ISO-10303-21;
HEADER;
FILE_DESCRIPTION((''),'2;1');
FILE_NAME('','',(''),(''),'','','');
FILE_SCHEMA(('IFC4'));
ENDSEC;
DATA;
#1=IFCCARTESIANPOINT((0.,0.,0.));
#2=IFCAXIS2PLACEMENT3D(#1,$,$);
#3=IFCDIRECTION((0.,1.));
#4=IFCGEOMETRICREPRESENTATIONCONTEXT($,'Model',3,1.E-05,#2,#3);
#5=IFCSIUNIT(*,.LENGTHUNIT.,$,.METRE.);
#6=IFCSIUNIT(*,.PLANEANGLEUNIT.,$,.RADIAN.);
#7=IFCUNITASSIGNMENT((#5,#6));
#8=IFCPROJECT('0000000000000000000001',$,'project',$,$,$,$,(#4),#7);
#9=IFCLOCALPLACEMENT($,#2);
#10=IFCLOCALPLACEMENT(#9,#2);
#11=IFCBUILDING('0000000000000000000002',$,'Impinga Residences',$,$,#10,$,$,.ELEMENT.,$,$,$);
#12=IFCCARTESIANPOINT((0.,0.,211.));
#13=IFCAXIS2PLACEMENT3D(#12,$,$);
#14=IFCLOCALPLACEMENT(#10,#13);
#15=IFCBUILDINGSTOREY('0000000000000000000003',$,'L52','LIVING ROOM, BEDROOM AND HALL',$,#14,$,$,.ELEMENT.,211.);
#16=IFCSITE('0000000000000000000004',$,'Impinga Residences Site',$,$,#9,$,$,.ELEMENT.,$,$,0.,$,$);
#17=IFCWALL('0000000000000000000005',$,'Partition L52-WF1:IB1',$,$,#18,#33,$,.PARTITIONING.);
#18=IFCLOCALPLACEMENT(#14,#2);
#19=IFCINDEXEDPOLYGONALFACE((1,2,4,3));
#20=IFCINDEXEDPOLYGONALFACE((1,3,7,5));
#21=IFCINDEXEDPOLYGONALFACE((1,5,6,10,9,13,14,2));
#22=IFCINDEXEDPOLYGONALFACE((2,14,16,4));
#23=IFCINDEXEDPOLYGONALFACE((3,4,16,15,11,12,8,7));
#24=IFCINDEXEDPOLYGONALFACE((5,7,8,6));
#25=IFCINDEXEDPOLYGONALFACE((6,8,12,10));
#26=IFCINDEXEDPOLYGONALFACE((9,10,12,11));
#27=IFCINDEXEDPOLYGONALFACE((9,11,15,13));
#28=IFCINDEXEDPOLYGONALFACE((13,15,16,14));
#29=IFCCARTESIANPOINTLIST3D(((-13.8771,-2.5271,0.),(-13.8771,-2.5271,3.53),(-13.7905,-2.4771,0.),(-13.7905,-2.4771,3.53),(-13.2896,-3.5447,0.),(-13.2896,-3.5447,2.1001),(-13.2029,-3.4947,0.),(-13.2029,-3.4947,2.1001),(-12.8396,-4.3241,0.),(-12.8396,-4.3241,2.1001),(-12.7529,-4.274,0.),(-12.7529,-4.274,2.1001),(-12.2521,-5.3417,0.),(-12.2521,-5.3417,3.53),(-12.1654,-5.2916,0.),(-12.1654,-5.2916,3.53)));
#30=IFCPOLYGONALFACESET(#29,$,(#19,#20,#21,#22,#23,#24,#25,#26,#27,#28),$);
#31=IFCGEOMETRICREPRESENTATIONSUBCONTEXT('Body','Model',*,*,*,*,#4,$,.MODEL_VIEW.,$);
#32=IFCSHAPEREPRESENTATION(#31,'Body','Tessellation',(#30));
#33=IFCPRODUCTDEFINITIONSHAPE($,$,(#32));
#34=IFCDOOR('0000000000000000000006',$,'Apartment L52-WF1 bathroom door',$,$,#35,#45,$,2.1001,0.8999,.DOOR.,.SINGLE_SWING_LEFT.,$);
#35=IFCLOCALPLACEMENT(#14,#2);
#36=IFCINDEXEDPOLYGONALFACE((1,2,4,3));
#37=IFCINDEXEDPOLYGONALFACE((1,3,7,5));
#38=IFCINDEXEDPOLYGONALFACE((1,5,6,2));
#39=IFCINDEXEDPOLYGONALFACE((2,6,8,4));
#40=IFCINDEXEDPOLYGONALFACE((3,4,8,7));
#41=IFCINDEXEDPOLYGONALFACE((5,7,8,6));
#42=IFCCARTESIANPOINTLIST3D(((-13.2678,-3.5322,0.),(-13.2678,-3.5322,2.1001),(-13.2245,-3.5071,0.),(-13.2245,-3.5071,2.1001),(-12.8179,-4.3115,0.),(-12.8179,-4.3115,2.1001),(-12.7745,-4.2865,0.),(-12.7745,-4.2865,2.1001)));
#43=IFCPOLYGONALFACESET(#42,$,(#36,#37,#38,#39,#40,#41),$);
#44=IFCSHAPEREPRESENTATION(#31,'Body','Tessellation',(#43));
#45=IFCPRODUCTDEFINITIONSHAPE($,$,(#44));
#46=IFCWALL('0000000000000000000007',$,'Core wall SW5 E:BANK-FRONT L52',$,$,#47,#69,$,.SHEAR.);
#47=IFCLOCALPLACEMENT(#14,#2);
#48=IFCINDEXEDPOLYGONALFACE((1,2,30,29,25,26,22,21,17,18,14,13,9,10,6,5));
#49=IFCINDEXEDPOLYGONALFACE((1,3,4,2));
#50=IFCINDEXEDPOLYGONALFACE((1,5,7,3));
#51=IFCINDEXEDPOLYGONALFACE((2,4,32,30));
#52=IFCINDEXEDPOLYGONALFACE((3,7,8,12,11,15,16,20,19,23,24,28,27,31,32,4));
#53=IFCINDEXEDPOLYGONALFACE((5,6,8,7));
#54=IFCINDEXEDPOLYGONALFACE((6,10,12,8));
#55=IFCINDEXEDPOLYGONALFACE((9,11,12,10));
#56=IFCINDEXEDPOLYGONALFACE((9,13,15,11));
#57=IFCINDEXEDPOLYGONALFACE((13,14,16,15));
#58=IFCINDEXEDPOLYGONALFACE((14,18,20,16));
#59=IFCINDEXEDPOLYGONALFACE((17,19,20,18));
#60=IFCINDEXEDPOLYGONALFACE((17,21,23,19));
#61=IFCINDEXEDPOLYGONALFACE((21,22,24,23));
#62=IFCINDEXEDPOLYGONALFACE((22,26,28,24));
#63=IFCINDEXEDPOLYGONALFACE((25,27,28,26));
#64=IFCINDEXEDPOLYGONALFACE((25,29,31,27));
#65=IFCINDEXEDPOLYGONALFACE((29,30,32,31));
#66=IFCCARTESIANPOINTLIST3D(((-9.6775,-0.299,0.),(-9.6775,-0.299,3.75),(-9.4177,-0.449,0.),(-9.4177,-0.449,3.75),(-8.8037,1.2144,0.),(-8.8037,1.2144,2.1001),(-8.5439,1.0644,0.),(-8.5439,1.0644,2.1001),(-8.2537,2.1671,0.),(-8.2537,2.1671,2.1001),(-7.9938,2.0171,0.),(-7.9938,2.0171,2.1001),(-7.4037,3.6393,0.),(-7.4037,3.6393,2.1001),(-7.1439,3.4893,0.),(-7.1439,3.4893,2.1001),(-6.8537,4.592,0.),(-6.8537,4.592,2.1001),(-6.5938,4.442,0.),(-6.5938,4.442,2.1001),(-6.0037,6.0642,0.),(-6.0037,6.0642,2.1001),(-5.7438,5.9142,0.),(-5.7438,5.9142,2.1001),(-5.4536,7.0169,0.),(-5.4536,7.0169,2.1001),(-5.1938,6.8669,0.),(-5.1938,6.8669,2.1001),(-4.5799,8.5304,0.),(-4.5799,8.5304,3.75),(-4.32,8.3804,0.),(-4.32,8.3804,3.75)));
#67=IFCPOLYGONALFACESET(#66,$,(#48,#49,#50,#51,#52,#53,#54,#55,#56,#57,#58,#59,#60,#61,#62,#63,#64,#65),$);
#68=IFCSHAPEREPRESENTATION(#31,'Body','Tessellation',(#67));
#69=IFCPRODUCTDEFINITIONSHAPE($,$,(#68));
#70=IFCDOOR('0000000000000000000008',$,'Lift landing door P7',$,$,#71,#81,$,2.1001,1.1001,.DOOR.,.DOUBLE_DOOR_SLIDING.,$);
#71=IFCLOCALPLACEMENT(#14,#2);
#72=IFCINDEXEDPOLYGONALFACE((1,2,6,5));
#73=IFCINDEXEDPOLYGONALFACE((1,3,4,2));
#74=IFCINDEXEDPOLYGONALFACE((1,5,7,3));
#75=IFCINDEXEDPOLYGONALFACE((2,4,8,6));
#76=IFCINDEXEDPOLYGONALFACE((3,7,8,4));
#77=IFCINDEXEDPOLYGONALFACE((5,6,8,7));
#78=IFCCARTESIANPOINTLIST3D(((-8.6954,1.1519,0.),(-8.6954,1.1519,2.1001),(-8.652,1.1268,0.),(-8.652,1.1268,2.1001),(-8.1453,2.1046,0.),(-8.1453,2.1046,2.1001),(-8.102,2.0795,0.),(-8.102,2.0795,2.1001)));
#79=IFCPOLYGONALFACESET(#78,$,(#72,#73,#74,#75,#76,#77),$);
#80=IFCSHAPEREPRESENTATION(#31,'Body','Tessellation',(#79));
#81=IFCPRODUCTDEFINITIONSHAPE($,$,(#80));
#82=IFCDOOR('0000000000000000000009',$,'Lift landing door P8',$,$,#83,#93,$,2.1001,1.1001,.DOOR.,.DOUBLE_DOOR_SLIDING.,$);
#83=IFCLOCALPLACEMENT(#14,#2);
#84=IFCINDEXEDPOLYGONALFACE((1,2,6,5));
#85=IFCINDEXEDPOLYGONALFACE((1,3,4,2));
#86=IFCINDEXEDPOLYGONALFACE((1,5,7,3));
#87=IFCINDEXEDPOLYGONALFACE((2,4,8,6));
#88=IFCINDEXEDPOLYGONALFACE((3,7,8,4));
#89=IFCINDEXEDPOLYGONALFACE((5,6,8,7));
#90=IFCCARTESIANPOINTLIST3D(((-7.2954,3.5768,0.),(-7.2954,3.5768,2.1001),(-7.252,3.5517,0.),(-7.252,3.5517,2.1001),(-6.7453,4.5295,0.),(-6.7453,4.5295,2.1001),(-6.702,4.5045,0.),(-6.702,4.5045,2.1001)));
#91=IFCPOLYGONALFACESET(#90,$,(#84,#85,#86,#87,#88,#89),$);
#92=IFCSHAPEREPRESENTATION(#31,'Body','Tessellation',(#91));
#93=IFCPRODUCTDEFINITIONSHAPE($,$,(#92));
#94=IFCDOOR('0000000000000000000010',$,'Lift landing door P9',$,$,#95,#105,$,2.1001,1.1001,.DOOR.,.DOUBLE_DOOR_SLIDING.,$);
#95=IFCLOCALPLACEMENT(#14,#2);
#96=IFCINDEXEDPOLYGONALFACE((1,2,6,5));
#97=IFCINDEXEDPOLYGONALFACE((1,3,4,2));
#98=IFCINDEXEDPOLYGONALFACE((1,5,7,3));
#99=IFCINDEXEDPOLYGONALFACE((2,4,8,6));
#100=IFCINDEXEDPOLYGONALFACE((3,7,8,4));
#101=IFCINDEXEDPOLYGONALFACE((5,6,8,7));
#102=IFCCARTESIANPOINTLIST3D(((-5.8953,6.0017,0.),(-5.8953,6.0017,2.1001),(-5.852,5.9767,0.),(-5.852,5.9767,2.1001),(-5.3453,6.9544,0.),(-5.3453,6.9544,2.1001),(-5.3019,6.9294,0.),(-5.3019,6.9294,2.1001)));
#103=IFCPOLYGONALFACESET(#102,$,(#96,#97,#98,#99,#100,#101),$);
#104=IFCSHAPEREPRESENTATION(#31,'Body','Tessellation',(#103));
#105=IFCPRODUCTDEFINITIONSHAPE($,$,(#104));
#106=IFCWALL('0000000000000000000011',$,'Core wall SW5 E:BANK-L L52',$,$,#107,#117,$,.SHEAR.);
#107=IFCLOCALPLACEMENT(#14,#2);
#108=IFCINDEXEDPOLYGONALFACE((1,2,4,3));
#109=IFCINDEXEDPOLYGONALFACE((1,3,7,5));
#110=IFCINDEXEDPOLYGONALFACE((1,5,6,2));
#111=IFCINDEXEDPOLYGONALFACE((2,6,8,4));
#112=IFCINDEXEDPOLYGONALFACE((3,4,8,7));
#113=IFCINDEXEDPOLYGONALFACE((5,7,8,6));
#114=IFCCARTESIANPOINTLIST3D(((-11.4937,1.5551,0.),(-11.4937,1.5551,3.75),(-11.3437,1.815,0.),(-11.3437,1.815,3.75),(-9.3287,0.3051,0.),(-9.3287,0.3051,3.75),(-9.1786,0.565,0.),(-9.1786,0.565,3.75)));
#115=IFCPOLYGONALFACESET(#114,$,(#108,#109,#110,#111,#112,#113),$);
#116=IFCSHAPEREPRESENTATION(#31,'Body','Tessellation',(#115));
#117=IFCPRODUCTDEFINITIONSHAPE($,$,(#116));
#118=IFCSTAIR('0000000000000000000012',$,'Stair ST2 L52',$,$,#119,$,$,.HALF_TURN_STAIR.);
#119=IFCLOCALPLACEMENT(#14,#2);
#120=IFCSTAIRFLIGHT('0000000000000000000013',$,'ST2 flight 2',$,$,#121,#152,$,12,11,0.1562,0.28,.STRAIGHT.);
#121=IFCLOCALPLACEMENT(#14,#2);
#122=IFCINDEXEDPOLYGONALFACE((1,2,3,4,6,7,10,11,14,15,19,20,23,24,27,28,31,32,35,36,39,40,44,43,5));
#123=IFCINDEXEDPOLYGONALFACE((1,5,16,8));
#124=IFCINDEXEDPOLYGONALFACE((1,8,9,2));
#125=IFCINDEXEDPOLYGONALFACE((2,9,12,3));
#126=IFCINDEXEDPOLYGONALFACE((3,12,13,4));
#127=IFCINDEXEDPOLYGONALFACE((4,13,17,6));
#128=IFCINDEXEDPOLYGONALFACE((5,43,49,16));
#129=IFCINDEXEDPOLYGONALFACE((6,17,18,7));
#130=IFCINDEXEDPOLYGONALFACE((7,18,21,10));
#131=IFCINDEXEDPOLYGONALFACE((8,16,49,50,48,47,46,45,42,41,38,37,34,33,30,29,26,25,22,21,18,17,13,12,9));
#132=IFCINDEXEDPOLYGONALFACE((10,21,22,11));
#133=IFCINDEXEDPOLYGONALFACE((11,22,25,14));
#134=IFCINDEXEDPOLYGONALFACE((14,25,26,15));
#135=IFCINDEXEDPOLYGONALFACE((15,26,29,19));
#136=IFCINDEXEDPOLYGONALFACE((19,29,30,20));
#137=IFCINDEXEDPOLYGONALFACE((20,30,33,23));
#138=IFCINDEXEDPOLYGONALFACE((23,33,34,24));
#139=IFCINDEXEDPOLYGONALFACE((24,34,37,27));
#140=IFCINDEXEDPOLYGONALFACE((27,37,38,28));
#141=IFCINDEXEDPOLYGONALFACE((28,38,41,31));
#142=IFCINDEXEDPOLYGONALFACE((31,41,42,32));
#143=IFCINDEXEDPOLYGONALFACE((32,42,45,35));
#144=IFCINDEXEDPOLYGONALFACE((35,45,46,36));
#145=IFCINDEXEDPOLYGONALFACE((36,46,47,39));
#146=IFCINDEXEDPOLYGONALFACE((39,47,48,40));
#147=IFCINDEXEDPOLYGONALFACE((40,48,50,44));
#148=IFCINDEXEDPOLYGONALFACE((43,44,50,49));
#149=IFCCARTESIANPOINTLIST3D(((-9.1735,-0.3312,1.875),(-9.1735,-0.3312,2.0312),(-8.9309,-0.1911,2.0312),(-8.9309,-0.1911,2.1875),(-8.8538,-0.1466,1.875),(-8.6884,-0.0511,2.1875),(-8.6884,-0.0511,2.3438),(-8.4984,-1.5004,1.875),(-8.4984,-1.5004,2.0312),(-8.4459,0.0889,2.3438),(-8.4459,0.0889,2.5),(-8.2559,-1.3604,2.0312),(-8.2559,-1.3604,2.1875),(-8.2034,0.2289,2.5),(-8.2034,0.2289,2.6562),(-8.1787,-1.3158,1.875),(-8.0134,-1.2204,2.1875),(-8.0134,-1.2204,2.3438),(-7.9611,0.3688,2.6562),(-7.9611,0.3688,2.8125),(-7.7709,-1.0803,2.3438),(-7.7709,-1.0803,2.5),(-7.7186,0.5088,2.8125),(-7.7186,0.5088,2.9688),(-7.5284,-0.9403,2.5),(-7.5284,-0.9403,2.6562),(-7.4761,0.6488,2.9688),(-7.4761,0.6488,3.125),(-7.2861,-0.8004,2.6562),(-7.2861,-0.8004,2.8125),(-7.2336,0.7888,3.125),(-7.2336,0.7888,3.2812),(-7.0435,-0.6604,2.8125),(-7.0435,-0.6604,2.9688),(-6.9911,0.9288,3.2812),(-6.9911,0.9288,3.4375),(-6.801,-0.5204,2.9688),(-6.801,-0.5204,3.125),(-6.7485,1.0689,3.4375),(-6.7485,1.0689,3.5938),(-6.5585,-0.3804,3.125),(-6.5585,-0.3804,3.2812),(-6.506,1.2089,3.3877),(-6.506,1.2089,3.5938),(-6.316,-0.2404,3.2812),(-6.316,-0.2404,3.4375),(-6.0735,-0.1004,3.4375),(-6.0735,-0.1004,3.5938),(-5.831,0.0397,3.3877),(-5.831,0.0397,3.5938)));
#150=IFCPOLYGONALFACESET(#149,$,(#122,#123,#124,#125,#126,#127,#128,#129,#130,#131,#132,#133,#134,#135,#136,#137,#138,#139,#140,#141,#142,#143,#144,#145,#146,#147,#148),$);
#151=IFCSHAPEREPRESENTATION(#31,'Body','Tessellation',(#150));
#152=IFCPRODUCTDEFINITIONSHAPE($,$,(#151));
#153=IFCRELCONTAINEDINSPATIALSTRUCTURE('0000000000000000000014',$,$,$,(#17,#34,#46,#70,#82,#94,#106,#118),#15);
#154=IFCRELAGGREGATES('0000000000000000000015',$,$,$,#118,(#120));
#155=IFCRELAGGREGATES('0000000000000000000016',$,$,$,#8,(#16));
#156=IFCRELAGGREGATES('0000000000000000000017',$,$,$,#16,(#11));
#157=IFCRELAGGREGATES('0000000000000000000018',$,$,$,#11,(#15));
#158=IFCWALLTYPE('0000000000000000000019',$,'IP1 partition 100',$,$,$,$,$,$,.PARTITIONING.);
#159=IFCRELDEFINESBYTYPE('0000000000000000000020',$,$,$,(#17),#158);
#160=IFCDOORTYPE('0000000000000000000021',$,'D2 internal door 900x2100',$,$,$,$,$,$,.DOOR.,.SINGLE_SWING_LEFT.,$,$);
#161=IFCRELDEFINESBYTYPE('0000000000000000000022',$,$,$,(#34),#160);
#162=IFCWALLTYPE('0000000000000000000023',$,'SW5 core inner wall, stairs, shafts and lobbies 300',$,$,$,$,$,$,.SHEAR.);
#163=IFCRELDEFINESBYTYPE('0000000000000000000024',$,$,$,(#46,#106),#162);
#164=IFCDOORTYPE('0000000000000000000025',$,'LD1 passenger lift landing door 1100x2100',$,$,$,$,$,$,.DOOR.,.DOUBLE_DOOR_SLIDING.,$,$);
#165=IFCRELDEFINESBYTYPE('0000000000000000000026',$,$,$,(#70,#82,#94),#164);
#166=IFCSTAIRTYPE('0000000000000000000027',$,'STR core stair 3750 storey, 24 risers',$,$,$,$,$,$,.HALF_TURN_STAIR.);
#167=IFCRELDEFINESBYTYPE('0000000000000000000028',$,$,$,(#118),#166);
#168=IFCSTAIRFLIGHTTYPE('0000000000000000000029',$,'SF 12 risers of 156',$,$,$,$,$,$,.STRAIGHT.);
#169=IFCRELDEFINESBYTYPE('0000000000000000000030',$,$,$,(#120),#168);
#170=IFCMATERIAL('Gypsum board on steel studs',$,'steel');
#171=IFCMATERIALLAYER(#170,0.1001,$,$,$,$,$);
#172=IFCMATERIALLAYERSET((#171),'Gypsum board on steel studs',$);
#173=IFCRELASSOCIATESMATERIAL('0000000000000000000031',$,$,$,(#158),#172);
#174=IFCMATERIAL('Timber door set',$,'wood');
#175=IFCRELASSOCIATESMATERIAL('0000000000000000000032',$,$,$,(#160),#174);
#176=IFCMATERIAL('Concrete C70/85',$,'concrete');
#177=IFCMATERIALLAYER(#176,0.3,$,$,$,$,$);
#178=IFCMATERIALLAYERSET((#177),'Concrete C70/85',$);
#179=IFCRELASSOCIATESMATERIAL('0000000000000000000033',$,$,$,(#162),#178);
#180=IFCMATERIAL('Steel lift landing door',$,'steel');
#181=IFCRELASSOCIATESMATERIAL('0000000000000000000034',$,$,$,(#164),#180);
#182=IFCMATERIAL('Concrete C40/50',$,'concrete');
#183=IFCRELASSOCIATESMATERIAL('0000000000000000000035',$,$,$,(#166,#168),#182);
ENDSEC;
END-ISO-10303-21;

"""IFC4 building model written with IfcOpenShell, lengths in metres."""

from ifc_helpers import new_model, si_unit, direction, frame, frame_2d, origin, place, context, subcontext, project, spatial, polyline, rectangle, outline, extrude, material, layer, layer_set, type_object, element, fill, aggregate, save


model = new_model("IFC4")

# Units and contexts
model_context = context("Model", 3, precision=1e-05, world=origin(), true_north=direction((0.0, 1.0)))
body_context = subcontext(model_context, "Body", "Model", "MODEL_VIEW")
ifc_project = project(units=[si_unit("LENGTHUNIT", "METRE"), si_unit("PLANEANGLEUNIT", "RADIAN")], contexts=[model_context])

# Site, building, storey
site_placement = place(None, origin())
site = spatial("IfcSite", under=ifc_project, at=site_placement, Name="Impinga Residences Site", CompositionType="ELEMENT", RefElevation=0.0)
building_placement = place(site_placement, origin())
building = spatial("IfcBuilding", under=site, at=building_placement, Name="Impinga Residences", CompositionType="ELEMENT")
storey_placement = place(building_placement, frame((0.0, 0.0, 211.0)))
storey = spatial("IfcBuildingStorey", under=building, at=storey_placement, Name="L52", Description="LIVING ROOM, BEDROOM AND HALL", CompositionType="ELEMENT", Elevation=211.0)

# Shared definitions
ifc_material_1 = material(Name="Timber door set", Category="wood")

# Shared definitions
ifc_material_2 = material(Name="Gypsum board on steel studs", Category="steel")
ifc_layer_1 = layer(ifc_material_2, 0.1001)
ifc_layer_set_1 = layer_set([ifc_layer_1], Name="Gypsum board on steel studs")
wall_type_1 = type_object("IfcWallType", Name="IP1 partition 100", PredefinedType="PARTITIONING", material=ifc_layer_set_1)

# Shared definitions
door_type_1 = type_object("IfcDoorType", Name="D2 internal door 900x2100", OperationType="SINGLE_SWING_LEFT", PredefinedType="DOOR", material=ifc_material_1)

# Wall, opening, door
wall_1_placement = place(storey_placement, frame((-12.2087, -5.3167, 0.0), z_axis=(0.0, 0.0, 1.0), x_axis=(-0.500017, 0.866015, 0.0)))
wall_1 = element("IfcWall", 1, at=wall_1_placement, inside=storey, type_object=wall_type_1, Name="Partition L52-WF1:IB1", PredefinedType="PARTITIONING", context=body_context, shape_type="SweptSolid", body=[
    extrude(rectangle(XDim=3.25, YDim=0.1001, at=frame_2d((1.625, 0.0))), origin(), (0.0, 0.0, 1.0), 3.53),
])
opening_1_placement = place(wall_1_placement, frame((1.175, 0.0, 0.0)))
opening_1 = element("IfcOpeningElement", 2, at=opening_1_placement, cuts=wall_1, PredefinedType="OPENING", context=body_context, shape_type="SweptSolid", body=[
    extrude(rectangle(XDim=0.8999, YDim=2.1001, at=frame_2d((0.45, 1.05))), frame((0.0, 0.0601, 0.0), z_axis=(0.0, -1.0, 0.0), x_axis=(1.0, 0.0, 0.0)), (0.0, 0.0, 1.0), 0.1201),
])
door_1_placement = place(opening_1_placement, origin())
door_1 = element("IfcDoor", 3, at=door_1_placement, inside=storey, type_object=door_type_1, Name="Apartment L52-WF1 bathroom door", OperationType="SINGLE_SWING_LEFT", OverallHeight=2.1001, OverallWidth=0.8999, PredefinedType="DOOR", context=body_context, shape_type="SweptSolid", body=[
    extrude(rectangle(XDim=0.8999, YDim=2.1001, at=frame_2d((0.45, 1.05))), frame((0.0, 0.0249, 0.0), z_axis=(0.0, -1.0, 0.0), x_axis=(1.0, 0.0, 0.0)), (0.0, 0.0, 1.0), 0.05),
])
fill(opening_1, door_1)

# Wall, openings, doors
ifc_material_3 = material(Name="Concrete C70/85", Category="concrete")
ifc_layer_2 = layer(ifc_material_3, 0.3)
ifc_layer_set_2 = layer_set([ifc_layer_2], Name="Concrete C70/85")
wall_type_2 = type_object("IfcWallType", Name="SW5 core inner wall, stairs, shafts and lobbies 300", PredefinedType="SHEAR", material=ifc_layer_set_2)
wall_2_placement = place(storey_placement, frame((-9.5476, -0.374, 0.0), z_axis=(0.0, 0.0, 1.0), x_axis=(0.500002, 0.866024, 0.0)))
wall_2 = element("IfcWall", 4, at=wall_2_placement, inside=storey, type_object=wall_type_2, Name="Core wall SW5 E:BANK-FRONT L52", PredefinedType="SHEAR", context=body_context, shape_type="SweptSolid", body=[
    extrude(rectangle(XDim=10.1953, YDim=0.3, at=frame_2d((5.0977, 0.0))), origin(), (0.0, 0.0, 1.0), 3.75),
])
opening_2_placement = place(wall_2_placement, frame((1.7476, 0.0, 0.0)))
opening_2 = element("IfcOpeningElement", 5, at=opening_2_placement, cuts=wall_2, PredefinedType="OPENING", context=body_context, shape_type="SweptSolid", body=[
    extrude(rectangle(XDim=1.1001, YDim=2.1001, at=frame_2d((0.55, 1.05))), frame((0.0, 0.1599, 0.0), z_axis=(0.0, -1.0, 0.0), x_axis=(1.0, 0.0, 0.0)), (0.0, 0.0, 1.0), 0.3201),
])
opening_3_placement = place(wall_2_placement, frame((4.5476, 0.0, 0.0)))
opening_3 = element("IfcOpeningElement", 6, at=opening_3_placement, cuts=wall_2, PredefinedType="OPENING", context=body_context, shape_type="SweptSolid", body=[
    extrude(rectangle(XDim=1.1001, YDim=2.1001, at=frame_2d((0.55, 1.05))), frame((0.0, 0.1599, 0.0), z_axis=(0.0, -1.0, 0.0), x_axis=(1.0, 0.0, 0.0)), (0.0, 0.0, 1.0), 0.3201),
])
opening_4_placement = place(wall_2_placement, frame((7.3477, 0.0, 0.0)))
opening_4 = element("IfcOpeningElement", 7, at=opening_4_placement, cuts=wall_2, PredefinedType="OPENING", context=body_context, shape_type="SweptSolid", body=[
    extrude(rectangle(XDim=1.1001, YDim=2.1001, at=frame_2d((0.55, 1.05))), frame((0.0, 0.1599, 0.0), z_axis=(0.0, -1.0, 0.0), x_axis=(1.0, 0.0, 0.0)), (0.0, 0.0, 1.0), 0.3201),
])
ifc_material_4 = material(Name="Steel lift landing door", Category="steel")
door_type_2 = type_object("IfcDoorType", Name="LD1 passenger lift landing door 1100x2100", OperationType="DOUBLE_DOOR_SLIDING", PredefinedType="DOOR", material=ifc_material_4)
door_2_placement = place(opening_2_placement, origin())
door_2 = element("IfcDoor", 8, at=door_2_placement, inside=storey, type_object=door_type_2, Name="Lift landing door P7", OperationType="DOUBLE_DOOR_SLIDING", OverallHeight=2.1001, OverallWidth=1.1001, PredefinedType="DOOR", context=body_context, shape_type="SweptSolid", body=[
    extrude(rectangle(XDim=1.1001, YDim=2.1001, at=frame_2d((0.55, 1.05))), frame((0.0, 0.0249, 0.0), z_axis=(0.0, -1.0, 0.0), x_axis=(1.0, 0.0, 0.0)), (0.0, 0.0, 1.0), 0.05),
])
fill(opening_2, door_2)
door_3_placement = place(opening_3_placement, origin())
door_3 = element("IfcDoor", 9, at=door_3_placement, inside=storey, type_object=door_type_2, Name="Lift landing door P8", OperationType="DOUBLE_DOOR_SLIDING", OverallHeight=2.1001, OverallWidth=1.1001, PredefinedType="DOOR", context=body_context, shape_type="SweptSolid", body=[
    extrude(rectangle(XDim=1.1001, YDim=2.1001, at=frame_2d((0.55, 1.05))), frame((0.0, 0.0249, 0.0), z_axis=(0.0, -1.0, 0.0), x_axis=(1.0, 0.0, 0.0)), (0.0, 0.0, 1.0), 0.05),
])
fill(opening_3, door_3)
door_4_placement = place(opening_4_placement, origin())
door_4 = element("IfcDoor", 10, at=door_4_placement, inside=storey, type_object=door_type_2, Name="Lift landing door P9", OperationType="DOUBLE_DOOR_SLIDING", OverallHeight=2.1001, OverallWidth=1.1001, PredefinedType="DOOR", context=body_context, shape_type="SweptSolid", body=[
    extrude(rectangle(XDim=1.1001, YDim=2.1001, at=frame_2d((0.55, 1.05))), frame((0.0, 0.0249, 0.0), z_axis=(0.0, -1.0, 0.0), x_axis=(1.0, 0.0, 0.0)), (0.0, 0.0, 1.0), 0.05),
])
fill(opening_4, door_4)

# Wall
wall_3_placement = place(storey_placement, frame((-9.2537, 0.4351, 0.0), z_axis=(0.0, 0.0, 1.0), x_axis=(-0.866023, 0.500004, 0.0)))
element("IfcWall", 11, at=wall_3_placement, inside=storey, type_object=wall_type_2, Name="Core wall SW5 E:BANK-L L52", PredefinedType="SHEAR", context=body_context, shape_type="SweptSolid", body=[
    extrude(rectangle(XDim=2.5, YDim=0.3, at=frame_2d((1.25, 0.0))), origin(), (0.0, 0.0, 1.0), 3.75),
])

# Stair, stair flight
ifc_material_5 = material(Name="Concrete C40/50", Category="concrete")
stair_type = type_object("IfcStairType", Name="STR core stair 3750 storey, 24 risers", PredefinedType="HALF_TURN_STAIR", material=ifc_material_5)
stair_placement = place(storey_placement, origin())
stair = element("IfcStair", 12, at=stair_placement, inside=storey, type_object=stair_type, Name="Stair ST2 L52", PredefinedType="HALF_TURN_STAIR")
stair_flight_type = type_object("IfcStairFlightType", Name="SF 12 risers of 156", PredefinedType="STRAIGHT", material=ifc_material_5)
stair_flight_placement = place(storey_placement, frame((-8.8359, -0.9158, 1.875), z_axis=(0.0, 0.0, 1.0), x_axis=(0.866025, 0.5, 0.0)))
stair_flight = element("IfcStairFlight", 13, at=stair_flight_placement, type_object=stair_flight_type, Name="ST2 flight 2", NumberOfRisers=12, NumberOfTreads=11, PredefinedType="STRAIGHT", RiserHeight=0.1562, TreadLength=0.28, context=body_context, shape_type="SweptSolid", body=[
    extrude(outline(polyline([(0.0, 0.0), (0.0, 0.1562), (0.28, 0.1562), (0.28, 0.3125), (0.5601, 0.3125), (0.5601, 0.4688), (0.8401, 0.4688), (0.8401, 0.625), (1.1201, 0.625), (1.1201, 0.7812), (1.3999, 0.7812), (1.3999, 0.9375), (1.6799, 0.9375), (1.6799, 1.0938), (1.96, 1.0938), (1.96, 1.25), (2.24, 1.25), (2.24, 1.4062), (2.52, 1.4062), (2.52, 1.5625), (2.8, 1.5625), (2.8, 1.7188), (3.0801, 1.7188), (3.0801, 1.875), (3.0801, 1.5127), (0.3691, 0.0), (0.0, 0.0)])), frame((0.0, 0.675, 0.0), z_axis=(0.0, -1.0, 0.0), x_axis=(1.0, 0.0, 0.0)), (0.0, 0.0, 1.0), 1.3501),
])
aggregate(stair, [stair_flight])

save(model, "model.ifc")
